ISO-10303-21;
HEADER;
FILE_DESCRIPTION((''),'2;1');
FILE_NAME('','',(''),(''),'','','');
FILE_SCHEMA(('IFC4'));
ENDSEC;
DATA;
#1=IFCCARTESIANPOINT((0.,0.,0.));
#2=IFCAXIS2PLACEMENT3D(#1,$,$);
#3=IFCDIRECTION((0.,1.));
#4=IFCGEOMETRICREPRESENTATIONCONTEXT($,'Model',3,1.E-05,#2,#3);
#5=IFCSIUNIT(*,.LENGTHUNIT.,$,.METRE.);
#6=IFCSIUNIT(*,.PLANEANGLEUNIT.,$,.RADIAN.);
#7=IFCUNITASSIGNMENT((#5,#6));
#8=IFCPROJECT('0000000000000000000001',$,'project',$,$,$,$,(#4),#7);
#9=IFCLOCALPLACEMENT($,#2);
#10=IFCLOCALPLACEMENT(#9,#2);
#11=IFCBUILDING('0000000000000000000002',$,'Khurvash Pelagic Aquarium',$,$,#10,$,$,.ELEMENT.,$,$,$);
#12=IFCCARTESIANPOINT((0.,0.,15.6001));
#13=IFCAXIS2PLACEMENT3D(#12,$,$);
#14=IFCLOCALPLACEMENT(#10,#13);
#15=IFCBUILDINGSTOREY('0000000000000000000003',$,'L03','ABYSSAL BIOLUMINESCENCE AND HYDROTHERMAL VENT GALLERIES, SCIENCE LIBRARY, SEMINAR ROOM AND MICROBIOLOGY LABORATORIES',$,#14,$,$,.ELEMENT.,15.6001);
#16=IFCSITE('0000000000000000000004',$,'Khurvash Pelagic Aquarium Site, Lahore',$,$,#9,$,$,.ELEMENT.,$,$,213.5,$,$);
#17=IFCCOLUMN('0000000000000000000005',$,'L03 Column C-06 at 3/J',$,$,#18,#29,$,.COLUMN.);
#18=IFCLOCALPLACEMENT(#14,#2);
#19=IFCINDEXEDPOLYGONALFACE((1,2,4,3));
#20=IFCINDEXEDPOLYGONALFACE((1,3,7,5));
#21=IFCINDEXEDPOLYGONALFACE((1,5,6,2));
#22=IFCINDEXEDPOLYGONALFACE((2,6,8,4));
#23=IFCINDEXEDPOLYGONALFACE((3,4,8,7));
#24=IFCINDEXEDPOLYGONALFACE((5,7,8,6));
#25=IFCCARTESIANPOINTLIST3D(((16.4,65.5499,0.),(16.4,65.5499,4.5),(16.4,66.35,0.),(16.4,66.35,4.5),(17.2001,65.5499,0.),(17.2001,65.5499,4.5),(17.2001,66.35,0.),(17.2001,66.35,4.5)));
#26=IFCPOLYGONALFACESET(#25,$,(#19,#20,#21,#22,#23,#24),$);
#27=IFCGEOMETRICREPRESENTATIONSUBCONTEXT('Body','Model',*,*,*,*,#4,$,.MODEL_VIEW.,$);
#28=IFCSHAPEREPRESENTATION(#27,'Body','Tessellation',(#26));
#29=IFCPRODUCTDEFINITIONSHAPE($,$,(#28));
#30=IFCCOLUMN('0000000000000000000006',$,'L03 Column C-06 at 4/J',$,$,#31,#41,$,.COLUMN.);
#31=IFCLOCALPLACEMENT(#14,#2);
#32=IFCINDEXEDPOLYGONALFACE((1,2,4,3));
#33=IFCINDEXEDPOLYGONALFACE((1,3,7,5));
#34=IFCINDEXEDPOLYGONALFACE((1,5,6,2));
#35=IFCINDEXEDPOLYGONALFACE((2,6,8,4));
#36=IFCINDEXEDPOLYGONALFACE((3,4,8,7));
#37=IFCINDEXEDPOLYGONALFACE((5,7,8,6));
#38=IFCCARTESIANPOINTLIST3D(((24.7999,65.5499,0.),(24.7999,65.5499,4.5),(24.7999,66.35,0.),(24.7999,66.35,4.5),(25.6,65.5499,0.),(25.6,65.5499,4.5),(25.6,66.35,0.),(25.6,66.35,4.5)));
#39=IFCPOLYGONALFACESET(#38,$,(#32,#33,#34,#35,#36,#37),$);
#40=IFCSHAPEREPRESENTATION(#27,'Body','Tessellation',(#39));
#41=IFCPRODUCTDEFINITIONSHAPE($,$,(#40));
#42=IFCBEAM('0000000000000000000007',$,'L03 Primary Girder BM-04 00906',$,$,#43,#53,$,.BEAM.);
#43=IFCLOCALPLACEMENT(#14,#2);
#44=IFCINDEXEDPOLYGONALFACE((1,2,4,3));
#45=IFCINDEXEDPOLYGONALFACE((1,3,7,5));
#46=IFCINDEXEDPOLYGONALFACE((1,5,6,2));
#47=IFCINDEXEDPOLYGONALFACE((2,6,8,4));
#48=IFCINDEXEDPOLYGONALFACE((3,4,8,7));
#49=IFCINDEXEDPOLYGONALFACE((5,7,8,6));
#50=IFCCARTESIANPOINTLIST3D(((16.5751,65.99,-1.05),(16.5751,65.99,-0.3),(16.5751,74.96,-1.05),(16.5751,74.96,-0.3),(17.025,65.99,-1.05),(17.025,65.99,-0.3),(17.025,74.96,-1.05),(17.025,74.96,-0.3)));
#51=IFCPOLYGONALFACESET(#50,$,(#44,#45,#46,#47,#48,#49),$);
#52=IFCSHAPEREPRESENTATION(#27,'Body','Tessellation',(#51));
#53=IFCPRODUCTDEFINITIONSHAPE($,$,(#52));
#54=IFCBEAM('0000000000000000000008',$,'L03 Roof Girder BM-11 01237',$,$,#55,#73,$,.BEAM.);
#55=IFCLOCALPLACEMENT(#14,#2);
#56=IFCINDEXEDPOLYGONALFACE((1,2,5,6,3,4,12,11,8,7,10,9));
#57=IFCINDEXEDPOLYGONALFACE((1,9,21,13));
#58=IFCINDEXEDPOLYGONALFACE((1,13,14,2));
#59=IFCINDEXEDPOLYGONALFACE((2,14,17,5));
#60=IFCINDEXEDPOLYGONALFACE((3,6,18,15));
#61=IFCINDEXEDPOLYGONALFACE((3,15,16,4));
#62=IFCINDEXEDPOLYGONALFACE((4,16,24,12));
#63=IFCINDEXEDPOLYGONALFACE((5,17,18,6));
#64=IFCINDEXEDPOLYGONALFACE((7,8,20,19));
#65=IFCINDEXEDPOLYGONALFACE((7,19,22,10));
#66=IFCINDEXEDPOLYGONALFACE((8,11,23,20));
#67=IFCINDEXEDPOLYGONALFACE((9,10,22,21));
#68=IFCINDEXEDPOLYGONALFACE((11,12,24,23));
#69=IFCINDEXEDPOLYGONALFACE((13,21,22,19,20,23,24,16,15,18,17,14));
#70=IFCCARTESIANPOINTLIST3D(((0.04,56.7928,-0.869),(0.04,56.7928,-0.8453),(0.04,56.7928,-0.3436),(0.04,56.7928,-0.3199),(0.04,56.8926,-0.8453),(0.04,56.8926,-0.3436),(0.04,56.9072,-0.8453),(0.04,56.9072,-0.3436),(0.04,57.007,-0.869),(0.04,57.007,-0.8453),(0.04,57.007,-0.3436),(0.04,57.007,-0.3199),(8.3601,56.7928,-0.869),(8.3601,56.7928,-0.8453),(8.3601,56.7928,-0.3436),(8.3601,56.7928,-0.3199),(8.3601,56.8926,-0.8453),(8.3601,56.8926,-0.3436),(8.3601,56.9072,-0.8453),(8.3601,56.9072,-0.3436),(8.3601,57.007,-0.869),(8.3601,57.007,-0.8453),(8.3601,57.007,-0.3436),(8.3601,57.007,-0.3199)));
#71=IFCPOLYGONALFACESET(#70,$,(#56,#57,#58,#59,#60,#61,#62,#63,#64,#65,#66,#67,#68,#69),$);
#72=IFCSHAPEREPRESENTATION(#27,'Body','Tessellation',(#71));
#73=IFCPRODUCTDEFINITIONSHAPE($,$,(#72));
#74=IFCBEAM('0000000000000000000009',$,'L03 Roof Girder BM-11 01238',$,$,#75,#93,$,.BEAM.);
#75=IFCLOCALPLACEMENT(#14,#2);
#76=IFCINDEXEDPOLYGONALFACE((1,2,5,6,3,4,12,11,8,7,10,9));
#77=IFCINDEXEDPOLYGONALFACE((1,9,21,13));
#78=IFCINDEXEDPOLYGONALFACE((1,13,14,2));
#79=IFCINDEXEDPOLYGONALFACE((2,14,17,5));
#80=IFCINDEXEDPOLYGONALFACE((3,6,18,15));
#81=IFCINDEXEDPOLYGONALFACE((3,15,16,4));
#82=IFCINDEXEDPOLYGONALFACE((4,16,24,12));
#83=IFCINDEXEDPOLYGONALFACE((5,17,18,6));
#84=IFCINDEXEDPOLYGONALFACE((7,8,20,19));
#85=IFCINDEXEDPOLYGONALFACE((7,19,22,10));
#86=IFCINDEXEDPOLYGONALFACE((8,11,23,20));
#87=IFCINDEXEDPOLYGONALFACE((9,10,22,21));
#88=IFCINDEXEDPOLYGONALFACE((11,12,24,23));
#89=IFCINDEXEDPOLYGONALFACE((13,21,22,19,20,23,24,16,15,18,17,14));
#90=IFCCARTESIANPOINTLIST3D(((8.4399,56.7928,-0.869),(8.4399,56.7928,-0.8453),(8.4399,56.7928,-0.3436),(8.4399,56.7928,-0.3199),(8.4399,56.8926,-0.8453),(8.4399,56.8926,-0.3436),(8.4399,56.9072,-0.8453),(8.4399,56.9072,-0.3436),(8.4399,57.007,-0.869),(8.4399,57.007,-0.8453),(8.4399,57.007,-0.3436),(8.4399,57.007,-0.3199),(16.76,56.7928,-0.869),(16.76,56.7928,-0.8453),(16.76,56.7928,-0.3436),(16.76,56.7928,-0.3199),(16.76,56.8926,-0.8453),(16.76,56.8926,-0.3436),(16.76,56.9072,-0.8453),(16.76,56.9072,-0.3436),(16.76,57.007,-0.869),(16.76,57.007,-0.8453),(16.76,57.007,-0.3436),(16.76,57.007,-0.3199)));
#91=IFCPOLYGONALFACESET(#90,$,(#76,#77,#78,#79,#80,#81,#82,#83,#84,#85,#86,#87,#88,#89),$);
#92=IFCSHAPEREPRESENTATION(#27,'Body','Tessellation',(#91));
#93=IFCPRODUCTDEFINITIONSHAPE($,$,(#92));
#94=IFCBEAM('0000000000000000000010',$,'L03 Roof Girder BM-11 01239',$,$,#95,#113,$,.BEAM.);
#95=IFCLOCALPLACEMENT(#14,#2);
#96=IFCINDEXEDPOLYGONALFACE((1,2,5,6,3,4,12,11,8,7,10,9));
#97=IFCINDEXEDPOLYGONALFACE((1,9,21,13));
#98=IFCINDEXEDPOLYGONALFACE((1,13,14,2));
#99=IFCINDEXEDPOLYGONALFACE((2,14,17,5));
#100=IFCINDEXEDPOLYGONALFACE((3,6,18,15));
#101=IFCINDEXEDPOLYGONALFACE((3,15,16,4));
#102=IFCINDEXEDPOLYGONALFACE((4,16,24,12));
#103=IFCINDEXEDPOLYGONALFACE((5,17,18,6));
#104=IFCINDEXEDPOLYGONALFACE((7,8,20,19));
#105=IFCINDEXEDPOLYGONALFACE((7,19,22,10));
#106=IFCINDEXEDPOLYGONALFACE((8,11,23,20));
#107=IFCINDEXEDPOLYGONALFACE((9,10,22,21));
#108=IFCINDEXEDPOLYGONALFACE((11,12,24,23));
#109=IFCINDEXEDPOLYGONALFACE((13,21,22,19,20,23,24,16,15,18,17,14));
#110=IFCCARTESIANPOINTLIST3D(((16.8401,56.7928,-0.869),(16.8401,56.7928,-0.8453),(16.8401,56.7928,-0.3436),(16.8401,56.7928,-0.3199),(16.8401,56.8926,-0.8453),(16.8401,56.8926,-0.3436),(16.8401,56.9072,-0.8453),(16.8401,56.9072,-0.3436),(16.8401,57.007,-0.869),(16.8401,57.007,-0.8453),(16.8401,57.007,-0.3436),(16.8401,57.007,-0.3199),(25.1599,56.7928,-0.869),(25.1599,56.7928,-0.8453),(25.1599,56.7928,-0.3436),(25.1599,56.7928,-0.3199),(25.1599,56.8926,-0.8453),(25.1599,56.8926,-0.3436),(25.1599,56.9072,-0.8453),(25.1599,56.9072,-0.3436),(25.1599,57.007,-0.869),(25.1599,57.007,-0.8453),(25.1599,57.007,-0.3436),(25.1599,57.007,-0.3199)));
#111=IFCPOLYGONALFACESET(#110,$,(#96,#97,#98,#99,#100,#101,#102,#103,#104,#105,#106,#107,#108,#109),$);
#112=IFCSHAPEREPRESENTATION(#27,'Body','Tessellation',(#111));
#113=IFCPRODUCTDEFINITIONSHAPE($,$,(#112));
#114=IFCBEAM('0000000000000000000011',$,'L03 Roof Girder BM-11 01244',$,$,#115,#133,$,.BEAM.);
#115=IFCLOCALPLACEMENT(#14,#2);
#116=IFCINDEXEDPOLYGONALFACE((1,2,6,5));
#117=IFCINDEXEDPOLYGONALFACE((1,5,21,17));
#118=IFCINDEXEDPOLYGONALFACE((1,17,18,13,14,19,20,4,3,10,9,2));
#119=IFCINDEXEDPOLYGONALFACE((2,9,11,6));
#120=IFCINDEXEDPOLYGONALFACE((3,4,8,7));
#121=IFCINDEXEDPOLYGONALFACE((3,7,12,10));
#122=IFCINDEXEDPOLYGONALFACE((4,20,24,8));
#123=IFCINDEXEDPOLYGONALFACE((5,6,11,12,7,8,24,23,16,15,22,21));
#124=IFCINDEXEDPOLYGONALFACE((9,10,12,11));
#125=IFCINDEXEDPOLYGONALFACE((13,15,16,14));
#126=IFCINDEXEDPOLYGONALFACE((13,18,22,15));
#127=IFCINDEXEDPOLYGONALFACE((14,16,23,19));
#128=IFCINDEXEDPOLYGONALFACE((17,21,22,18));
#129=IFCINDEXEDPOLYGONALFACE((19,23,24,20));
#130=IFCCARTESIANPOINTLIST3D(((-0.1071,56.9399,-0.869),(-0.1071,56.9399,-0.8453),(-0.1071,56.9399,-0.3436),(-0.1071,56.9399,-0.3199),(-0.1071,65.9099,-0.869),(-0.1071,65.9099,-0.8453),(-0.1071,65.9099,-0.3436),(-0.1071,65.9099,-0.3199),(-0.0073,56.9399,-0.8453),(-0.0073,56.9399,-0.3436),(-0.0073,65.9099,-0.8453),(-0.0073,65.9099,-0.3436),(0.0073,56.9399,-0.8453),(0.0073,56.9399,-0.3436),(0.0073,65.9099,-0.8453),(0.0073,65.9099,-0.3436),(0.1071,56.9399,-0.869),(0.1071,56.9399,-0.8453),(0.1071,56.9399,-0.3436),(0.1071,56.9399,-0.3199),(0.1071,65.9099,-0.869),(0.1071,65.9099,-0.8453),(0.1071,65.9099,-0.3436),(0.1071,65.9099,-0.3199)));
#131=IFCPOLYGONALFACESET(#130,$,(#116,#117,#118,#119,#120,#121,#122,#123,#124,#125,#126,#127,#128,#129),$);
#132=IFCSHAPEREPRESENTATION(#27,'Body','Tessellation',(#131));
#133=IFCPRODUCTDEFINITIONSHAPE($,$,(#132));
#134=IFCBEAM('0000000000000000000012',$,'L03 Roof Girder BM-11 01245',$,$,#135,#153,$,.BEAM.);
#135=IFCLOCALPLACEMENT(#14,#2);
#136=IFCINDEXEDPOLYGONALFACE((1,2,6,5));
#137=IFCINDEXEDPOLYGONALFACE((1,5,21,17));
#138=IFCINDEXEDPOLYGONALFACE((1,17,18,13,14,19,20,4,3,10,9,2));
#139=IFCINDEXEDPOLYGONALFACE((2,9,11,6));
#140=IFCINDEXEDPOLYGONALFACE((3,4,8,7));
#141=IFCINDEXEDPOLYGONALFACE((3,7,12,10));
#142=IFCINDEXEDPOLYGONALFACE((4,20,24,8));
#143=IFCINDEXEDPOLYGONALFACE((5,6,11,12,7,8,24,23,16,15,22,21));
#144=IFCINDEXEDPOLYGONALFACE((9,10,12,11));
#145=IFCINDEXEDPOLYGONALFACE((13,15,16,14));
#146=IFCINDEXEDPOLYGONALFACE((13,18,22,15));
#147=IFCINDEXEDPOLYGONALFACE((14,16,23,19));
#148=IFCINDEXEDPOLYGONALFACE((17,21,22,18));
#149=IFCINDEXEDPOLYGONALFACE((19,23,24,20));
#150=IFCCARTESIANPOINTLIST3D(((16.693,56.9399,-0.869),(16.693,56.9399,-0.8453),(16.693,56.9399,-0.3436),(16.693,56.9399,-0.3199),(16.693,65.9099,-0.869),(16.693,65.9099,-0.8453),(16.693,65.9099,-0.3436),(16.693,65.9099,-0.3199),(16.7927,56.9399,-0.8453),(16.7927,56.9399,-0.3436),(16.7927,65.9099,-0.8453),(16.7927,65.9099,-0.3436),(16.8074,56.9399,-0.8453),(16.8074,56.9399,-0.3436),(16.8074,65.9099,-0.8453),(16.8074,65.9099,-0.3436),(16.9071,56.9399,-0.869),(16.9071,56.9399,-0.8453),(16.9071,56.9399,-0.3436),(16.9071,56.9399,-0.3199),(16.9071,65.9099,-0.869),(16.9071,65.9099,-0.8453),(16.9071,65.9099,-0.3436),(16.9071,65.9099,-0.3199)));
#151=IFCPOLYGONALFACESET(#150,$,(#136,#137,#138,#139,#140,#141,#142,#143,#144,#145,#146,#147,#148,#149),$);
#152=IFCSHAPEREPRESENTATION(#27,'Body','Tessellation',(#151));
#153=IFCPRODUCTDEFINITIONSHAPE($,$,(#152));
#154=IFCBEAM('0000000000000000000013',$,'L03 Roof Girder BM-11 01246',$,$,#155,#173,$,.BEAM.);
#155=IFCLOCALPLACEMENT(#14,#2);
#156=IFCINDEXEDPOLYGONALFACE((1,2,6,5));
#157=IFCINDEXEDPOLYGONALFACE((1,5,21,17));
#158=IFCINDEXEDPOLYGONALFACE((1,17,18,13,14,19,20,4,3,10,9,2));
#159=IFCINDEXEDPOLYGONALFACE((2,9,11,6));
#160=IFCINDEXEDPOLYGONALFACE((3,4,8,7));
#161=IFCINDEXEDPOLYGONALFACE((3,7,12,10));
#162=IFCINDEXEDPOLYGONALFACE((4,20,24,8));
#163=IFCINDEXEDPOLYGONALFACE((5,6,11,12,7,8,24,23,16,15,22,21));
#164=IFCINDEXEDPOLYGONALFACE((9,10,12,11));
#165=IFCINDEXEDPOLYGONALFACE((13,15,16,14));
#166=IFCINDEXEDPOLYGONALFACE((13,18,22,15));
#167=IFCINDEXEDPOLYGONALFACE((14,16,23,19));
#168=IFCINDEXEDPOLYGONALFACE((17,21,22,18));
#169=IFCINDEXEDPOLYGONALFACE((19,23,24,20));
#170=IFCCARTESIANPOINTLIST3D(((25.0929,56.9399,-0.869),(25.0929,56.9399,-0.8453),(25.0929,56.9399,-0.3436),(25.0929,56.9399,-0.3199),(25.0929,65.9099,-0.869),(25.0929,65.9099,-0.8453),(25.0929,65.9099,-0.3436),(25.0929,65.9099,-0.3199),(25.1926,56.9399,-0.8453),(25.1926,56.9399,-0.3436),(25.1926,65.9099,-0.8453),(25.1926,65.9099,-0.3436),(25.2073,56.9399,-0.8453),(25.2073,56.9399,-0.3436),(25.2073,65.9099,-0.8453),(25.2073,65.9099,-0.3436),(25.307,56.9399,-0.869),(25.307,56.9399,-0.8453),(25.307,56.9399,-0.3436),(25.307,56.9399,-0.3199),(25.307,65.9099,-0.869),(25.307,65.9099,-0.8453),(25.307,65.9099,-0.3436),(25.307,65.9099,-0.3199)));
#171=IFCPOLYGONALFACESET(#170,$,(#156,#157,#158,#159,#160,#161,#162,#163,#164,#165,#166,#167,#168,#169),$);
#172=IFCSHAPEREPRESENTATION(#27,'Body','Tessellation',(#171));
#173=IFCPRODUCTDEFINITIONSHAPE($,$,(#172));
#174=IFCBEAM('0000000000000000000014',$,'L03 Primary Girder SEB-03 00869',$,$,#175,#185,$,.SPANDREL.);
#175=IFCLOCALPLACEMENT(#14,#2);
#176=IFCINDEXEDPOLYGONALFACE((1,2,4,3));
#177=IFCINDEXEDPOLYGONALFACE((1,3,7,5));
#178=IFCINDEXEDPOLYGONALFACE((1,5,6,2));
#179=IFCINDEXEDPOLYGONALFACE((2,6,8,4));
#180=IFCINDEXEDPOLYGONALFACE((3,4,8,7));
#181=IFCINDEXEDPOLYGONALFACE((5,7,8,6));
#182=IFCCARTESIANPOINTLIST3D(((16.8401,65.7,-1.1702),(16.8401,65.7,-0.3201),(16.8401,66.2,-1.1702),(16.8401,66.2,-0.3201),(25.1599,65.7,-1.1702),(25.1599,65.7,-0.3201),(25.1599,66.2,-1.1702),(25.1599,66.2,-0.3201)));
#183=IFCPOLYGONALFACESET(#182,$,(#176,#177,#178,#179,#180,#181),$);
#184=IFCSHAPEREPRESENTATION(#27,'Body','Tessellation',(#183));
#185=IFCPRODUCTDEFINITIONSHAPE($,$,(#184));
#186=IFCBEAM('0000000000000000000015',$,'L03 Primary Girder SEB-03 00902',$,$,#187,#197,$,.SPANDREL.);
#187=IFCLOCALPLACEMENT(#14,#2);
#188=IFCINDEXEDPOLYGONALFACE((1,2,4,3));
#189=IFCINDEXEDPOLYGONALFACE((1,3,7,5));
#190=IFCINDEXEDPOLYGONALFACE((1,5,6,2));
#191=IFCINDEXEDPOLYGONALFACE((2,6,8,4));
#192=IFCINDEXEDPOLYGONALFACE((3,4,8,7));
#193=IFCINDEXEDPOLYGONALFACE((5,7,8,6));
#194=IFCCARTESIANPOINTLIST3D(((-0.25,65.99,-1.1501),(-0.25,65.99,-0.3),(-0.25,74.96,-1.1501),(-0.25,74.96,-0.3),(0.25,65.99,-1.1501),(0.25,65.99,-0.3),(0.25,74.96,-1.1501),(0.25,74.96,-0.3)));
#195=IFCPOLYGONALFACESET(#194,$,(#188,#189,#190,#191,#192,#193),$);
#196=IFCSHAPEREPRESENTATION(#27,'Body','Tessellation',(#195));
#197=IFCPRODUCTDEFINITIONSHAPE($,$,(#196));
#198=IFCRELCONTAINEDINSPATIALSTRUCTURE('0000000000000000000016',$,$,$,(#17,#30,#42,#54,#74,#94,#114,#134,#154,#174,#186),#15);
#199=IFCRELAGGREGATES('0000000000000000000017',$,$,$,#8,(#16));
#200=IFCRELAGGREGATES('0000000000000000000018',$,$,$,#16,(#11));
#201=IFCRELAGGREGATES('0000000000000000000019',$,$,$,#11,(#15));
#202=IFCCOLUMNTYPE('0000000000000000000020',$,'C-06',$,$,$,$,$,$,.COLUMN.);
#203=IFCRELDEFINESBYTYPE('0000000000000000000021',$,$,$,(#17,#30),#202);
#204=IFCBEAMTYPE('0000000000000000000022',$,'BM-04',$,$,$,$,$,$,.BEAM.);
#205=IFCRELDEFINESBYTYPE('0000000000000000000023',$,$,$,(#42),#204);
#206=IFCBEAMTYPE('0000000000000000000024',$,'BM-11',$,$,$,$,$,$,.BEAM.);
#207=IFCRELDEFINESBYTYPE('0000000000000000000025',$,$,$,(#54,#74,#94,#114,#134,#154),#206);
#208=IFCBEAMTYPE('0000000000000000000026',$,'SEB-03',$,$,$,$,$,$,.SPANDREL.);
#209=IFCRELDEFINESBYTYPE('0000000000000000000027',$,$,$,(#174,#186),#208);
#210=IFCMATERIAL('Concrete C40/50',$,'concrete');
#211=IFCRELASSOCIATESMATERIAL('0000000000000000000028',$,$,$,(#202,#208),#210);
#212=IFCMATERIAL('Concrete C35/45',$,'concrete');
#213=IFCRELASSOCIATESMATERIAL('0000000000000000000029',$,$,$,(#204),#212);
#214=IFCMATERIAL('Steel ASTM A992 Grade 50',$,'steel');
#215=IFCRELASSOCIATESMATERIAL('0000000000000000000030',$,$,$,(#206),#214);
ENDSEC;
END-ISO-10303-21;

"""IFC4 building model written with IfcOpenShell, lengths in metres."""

from ifc_helpers import new_model, si_unit, direction, frame, origin, origin_2d, place, context, subcontext, project, spatial, rectangle, i_section, extrude, material, material_profile, profile_set, type_object, element, save


model = new_model("IFC4")

# Units and contexts
model_context = context("Model", 3, precision=1e-05, world=origin(), true_north=direction((0.0, 1.0)))
body_context = subcontext(model_context, "Body", "Model", "MODEL_VIEW")
ifc_project = project(units=[si_unit("LENGTHUNIT", "METRE"), si_unit("PLANEANGLEUNIT", "RADIAN")], contexts=[model_context])

# Site, building, storey
site_placement = place(None, origin())
site = spatial("IfcSite", under=ifc_project, at=site_placement, Name="Khurvash Pelagic Aquarium Site, Lahore", CompositionType="ELEMENT", RefElevation=213.5)
building_placement = place(site_placement, origin())
building = spatial("IfcBuilding", under=site, at=building_placement, Name="Khurvash Pelagic Aquarium", CompositionType="ELEMENT")
storey_placement = place(building_placement, frame((0.0, 0.0, 15.6001)))
storey = spatial("IfcBuildingStorey", under=building, at=storey_placement, Name="L03", Description="ABYSSAL BIOLUMINESCENCE AND HYDROTHERMAL VENT GALLERIES, SCIENCE LIBRARY, SEMINAR ROOM AND MICROBIOLOGY LABORATORIES", CompositionType="ELEMENT", Elevation=15.6001)

# Columns
ifc_material_1 = material(Name="Concrete C40/50", Category="concrete")
ifc_material_profile_1 = material_profile(ifc_material_1, rectangle(XDim=0.8, YDim=0.8, at=origin_2d()), Name="RC800X800")
ifc_profile_set_1 = profile_set([ifc_material_profile_1], Name="Concrete C40/50")
column_type = type_object("IfcColumnType", Name="C-06", PredefinedType="COLUMN", material=ifc_profile_set_1)
for number, where, z_axis, x_axis, name in (
    (1, (16.8, 65.95, 0.0), (0.0, 0.0, 1.0), (1.0, 0.0, 0.0), "L03 Column C-06 at 3/J"),
    (2, (25.2, 65.95, 0.0), (0.0, 0.0, 1.0), (1.0, 0.0, 0.0), "L03 Column C-06 at 4/J"),
):
    element("IfcColumn", number, at=place(storey_placement, frame(where, z_axis=z_axis, x_axis=x_axis)), inside=storey, type_object=column_type, Name=name, PredefinedType="COLUMN", context=body_context, shape_type="SweptSolid", body=[
        extrude(rectangle(XDim=0.8, YDim=0.8, at=origin_2d()), origin(), (0.0, 0.0, 1.0), 4.5),
    ])

# Beams
ifc_material_2 = material(Name="Concrete C35/45", Category="concrete")
ifc_material_profile_2 = material_profile(ifc_material_2, rectangle(XDim=0.45, YDim=0.75, at=origin_2d()), Name="RC450X750")
ifc_profile_set_2 = profile_set([ifc_material_profile_2], Name="Concrete C35/45")
beam_type_1 = type_object("IfcBeamType", Name="BM-04", PredefinedType="BEAM", material=ifc_profile_set_2)
beam_1_placement = place(storey_placement, frame((16.8, 65.99, -0.675), z_axis=(0.0, 1.0, 0.0), x_axis=(-1.0, 0.0, 0.0)))
element("IfcBeam", 3, at=beam_1_placement, inside=storey, type_object=beam_type_1, Name="L03 Primary Girder BM-04 00906", PredefinedType="BEAM", context=body_context, shape_type="SweptSolid", body=[
    extrude(rectangle(XDim=0.45, YDim=0.75, at=origin_2d()), origin(), (0.0, 0.0, 1.0), 8.97),
])
ifc_material_3 = material(Name="Steel ASTM A992 Grade 50", Category="steel")
ifc_material_profile_3 = material_profile(ifc_material_3, i_section(OverallWidth=0.2141, OverallDepth=0.5491, WebThickness=0.0146, FlangeThickness=0.0237, at=origin_2d()), Name="W21X93")
ifc_profile_set_3 = profile_set([ifc_material_profile_3], Name="Steel ASTM A992 Grade 50")
beam_type_2 = type_object("IfcBeamType", Name="BM-11", PredefinedType="BEAM", material=ifc_profile_set_3)
for number, where, z_axis, x_axis, name in (
    (4, (0.04, 56.8999, -0.5945), (1.0, 0.0, 0.0), (0.0, 1.0, 0.0), "L03 Roof Girder BM-11 01237"),
    (5, (8.4399, 56.8999, -0.5945), (1.0, 0.0, 0.0), (0.0, 1.0, 0.0), "L03 Roof Girder BM-11 01238"),
):
    element("IfcBeam", number, at=place(storey_placement, frame(where, z_axis=z_axis, x_axis=x_axis)), inside=storey, type_object=beam_type_2, Name=name, PredefinedType="BEAM", context=body_context, shape_type="SweptSolid", body=[
        extrude(i_section(OverallWidth=0.2141, OverallDepth=0.5491, WebThickness=0.0146, FlangeThickness=0.0237, at=origin_2d()), origin(), (0.0, 0.0, 1.0), 8.3201),
    ])
beam_2_placement = place(storey_placement, frame((16.8401, 56.8999, -0.5945), z_axis=(1.0, 0.0, 0.0), x_axis=(0.0, 1.0, 0.0)))
element("IfcBeam", 6, at=beam_2_placement, inside=storey, type_object=beam_type_2, Name="L03 Roof Girder BM-11 01239", PredefinedType="BEAM", context=body_context, shape_type="SweptSolid", body=[
    extrude(i_section(OverallWidth=0.2141, OverallDepth=0.5491, WebThickness=0.0146, FlangeThickness=0.0237, at=origin_2d()), origin(), (0.0, 0.0, 1.0), 8.3198),
])
for number, where, z_axis, x_axis, name in (
    (7, (0.0, 56.9399, -0.5945), (0.0, 1.0, 0.0), (-1.0, 0.0, 0.0), "L03 Roof Girder BM-11 01244"),
    (8, (16.8, 56.9399, -0.5945), (0.0, 1.0, 0.0), (-1.0, 0.0, 0.0), "L03 Roof Girder BM-11 01245"),
    (9, (25.2, 56.9399, -0.5945), (0.0, 1.0, 0.0), (-1.0, 0.0, 0.0), "L03 Roof Girder BM-11 01246"),
):
    element("IfcBeam", number, at=place(storey_placement, frame(where, z_axis=z_axis, x_axis=x_axis)), inside=storey, type_object=beam_type_2, Name=name, PredefinedType="BEAM", context=body_context, shape_type="SweptSolid", body=[
        extrude(i_section(OverallWidth=0.2141, OverallDepth=0.5491, WebThickness=0.0146, FlangeThickness=0.0237, at=origin_2d()), origin(), (0.0, 0.0, 1.0), 8.97),
    ])
ifc_material_profile_4 = material_profile(ifc_material_1, rectangle(XDim=0.5, YDim=0.8501, at=origin_2d()), Name="RC500X850")
ifc_profile_set_4 = profile_set([ifc_material_profile_4], Name="Concrete C40/50")
beam_type_3 = type_object("IfcBeamType", Name="SEB-03", PredefinedType="SPANDREL", material=ifc_profile_set_4)
beam_3_placement = place(storey_placement, frame((16.8401, 65.95, -0.7451), z_axis=(1.0, 0.0, 0.0), x_axis=(0.0, 1.0, 0.0)))
element("IfcBeam", 10, at=beam_3_placement, inside=storey, type_object=beam_type_3, Name="L03 Primary Girder SEB-03 00869", PredefinedType="SPANDREL", context=body_context, shape_type="SweptSolid", body=[
    extrude(rectangle(XDim=0.5, YDim=0.8501, at=origin_2d()), origin(), (0.0, 0.0, 1.0), 8.3198),
])
beam_4_placement = place(storey_placement, frame((0.0, 65.99, -0.7251), z_axis=(0.0, 1.0, 0.0), x_axis=(-1.0, 0.0, 0.0)))
element("IfcBeam", 11, at=beam_4_placement, inside=storey, type_object=beam_type_3, Name="L03 Primary Girder SEB-03 00902", PredefinedType="SPANDREL", context=body_context, shape_type="SweptSolid", body=[
    extrude(rectangle(XDim=0.5, YDim=0.8501, at=origin_2d()), origin(), (0.0, 0.0, 1.0), 8.97),
])

save(model, "model.ifc")
